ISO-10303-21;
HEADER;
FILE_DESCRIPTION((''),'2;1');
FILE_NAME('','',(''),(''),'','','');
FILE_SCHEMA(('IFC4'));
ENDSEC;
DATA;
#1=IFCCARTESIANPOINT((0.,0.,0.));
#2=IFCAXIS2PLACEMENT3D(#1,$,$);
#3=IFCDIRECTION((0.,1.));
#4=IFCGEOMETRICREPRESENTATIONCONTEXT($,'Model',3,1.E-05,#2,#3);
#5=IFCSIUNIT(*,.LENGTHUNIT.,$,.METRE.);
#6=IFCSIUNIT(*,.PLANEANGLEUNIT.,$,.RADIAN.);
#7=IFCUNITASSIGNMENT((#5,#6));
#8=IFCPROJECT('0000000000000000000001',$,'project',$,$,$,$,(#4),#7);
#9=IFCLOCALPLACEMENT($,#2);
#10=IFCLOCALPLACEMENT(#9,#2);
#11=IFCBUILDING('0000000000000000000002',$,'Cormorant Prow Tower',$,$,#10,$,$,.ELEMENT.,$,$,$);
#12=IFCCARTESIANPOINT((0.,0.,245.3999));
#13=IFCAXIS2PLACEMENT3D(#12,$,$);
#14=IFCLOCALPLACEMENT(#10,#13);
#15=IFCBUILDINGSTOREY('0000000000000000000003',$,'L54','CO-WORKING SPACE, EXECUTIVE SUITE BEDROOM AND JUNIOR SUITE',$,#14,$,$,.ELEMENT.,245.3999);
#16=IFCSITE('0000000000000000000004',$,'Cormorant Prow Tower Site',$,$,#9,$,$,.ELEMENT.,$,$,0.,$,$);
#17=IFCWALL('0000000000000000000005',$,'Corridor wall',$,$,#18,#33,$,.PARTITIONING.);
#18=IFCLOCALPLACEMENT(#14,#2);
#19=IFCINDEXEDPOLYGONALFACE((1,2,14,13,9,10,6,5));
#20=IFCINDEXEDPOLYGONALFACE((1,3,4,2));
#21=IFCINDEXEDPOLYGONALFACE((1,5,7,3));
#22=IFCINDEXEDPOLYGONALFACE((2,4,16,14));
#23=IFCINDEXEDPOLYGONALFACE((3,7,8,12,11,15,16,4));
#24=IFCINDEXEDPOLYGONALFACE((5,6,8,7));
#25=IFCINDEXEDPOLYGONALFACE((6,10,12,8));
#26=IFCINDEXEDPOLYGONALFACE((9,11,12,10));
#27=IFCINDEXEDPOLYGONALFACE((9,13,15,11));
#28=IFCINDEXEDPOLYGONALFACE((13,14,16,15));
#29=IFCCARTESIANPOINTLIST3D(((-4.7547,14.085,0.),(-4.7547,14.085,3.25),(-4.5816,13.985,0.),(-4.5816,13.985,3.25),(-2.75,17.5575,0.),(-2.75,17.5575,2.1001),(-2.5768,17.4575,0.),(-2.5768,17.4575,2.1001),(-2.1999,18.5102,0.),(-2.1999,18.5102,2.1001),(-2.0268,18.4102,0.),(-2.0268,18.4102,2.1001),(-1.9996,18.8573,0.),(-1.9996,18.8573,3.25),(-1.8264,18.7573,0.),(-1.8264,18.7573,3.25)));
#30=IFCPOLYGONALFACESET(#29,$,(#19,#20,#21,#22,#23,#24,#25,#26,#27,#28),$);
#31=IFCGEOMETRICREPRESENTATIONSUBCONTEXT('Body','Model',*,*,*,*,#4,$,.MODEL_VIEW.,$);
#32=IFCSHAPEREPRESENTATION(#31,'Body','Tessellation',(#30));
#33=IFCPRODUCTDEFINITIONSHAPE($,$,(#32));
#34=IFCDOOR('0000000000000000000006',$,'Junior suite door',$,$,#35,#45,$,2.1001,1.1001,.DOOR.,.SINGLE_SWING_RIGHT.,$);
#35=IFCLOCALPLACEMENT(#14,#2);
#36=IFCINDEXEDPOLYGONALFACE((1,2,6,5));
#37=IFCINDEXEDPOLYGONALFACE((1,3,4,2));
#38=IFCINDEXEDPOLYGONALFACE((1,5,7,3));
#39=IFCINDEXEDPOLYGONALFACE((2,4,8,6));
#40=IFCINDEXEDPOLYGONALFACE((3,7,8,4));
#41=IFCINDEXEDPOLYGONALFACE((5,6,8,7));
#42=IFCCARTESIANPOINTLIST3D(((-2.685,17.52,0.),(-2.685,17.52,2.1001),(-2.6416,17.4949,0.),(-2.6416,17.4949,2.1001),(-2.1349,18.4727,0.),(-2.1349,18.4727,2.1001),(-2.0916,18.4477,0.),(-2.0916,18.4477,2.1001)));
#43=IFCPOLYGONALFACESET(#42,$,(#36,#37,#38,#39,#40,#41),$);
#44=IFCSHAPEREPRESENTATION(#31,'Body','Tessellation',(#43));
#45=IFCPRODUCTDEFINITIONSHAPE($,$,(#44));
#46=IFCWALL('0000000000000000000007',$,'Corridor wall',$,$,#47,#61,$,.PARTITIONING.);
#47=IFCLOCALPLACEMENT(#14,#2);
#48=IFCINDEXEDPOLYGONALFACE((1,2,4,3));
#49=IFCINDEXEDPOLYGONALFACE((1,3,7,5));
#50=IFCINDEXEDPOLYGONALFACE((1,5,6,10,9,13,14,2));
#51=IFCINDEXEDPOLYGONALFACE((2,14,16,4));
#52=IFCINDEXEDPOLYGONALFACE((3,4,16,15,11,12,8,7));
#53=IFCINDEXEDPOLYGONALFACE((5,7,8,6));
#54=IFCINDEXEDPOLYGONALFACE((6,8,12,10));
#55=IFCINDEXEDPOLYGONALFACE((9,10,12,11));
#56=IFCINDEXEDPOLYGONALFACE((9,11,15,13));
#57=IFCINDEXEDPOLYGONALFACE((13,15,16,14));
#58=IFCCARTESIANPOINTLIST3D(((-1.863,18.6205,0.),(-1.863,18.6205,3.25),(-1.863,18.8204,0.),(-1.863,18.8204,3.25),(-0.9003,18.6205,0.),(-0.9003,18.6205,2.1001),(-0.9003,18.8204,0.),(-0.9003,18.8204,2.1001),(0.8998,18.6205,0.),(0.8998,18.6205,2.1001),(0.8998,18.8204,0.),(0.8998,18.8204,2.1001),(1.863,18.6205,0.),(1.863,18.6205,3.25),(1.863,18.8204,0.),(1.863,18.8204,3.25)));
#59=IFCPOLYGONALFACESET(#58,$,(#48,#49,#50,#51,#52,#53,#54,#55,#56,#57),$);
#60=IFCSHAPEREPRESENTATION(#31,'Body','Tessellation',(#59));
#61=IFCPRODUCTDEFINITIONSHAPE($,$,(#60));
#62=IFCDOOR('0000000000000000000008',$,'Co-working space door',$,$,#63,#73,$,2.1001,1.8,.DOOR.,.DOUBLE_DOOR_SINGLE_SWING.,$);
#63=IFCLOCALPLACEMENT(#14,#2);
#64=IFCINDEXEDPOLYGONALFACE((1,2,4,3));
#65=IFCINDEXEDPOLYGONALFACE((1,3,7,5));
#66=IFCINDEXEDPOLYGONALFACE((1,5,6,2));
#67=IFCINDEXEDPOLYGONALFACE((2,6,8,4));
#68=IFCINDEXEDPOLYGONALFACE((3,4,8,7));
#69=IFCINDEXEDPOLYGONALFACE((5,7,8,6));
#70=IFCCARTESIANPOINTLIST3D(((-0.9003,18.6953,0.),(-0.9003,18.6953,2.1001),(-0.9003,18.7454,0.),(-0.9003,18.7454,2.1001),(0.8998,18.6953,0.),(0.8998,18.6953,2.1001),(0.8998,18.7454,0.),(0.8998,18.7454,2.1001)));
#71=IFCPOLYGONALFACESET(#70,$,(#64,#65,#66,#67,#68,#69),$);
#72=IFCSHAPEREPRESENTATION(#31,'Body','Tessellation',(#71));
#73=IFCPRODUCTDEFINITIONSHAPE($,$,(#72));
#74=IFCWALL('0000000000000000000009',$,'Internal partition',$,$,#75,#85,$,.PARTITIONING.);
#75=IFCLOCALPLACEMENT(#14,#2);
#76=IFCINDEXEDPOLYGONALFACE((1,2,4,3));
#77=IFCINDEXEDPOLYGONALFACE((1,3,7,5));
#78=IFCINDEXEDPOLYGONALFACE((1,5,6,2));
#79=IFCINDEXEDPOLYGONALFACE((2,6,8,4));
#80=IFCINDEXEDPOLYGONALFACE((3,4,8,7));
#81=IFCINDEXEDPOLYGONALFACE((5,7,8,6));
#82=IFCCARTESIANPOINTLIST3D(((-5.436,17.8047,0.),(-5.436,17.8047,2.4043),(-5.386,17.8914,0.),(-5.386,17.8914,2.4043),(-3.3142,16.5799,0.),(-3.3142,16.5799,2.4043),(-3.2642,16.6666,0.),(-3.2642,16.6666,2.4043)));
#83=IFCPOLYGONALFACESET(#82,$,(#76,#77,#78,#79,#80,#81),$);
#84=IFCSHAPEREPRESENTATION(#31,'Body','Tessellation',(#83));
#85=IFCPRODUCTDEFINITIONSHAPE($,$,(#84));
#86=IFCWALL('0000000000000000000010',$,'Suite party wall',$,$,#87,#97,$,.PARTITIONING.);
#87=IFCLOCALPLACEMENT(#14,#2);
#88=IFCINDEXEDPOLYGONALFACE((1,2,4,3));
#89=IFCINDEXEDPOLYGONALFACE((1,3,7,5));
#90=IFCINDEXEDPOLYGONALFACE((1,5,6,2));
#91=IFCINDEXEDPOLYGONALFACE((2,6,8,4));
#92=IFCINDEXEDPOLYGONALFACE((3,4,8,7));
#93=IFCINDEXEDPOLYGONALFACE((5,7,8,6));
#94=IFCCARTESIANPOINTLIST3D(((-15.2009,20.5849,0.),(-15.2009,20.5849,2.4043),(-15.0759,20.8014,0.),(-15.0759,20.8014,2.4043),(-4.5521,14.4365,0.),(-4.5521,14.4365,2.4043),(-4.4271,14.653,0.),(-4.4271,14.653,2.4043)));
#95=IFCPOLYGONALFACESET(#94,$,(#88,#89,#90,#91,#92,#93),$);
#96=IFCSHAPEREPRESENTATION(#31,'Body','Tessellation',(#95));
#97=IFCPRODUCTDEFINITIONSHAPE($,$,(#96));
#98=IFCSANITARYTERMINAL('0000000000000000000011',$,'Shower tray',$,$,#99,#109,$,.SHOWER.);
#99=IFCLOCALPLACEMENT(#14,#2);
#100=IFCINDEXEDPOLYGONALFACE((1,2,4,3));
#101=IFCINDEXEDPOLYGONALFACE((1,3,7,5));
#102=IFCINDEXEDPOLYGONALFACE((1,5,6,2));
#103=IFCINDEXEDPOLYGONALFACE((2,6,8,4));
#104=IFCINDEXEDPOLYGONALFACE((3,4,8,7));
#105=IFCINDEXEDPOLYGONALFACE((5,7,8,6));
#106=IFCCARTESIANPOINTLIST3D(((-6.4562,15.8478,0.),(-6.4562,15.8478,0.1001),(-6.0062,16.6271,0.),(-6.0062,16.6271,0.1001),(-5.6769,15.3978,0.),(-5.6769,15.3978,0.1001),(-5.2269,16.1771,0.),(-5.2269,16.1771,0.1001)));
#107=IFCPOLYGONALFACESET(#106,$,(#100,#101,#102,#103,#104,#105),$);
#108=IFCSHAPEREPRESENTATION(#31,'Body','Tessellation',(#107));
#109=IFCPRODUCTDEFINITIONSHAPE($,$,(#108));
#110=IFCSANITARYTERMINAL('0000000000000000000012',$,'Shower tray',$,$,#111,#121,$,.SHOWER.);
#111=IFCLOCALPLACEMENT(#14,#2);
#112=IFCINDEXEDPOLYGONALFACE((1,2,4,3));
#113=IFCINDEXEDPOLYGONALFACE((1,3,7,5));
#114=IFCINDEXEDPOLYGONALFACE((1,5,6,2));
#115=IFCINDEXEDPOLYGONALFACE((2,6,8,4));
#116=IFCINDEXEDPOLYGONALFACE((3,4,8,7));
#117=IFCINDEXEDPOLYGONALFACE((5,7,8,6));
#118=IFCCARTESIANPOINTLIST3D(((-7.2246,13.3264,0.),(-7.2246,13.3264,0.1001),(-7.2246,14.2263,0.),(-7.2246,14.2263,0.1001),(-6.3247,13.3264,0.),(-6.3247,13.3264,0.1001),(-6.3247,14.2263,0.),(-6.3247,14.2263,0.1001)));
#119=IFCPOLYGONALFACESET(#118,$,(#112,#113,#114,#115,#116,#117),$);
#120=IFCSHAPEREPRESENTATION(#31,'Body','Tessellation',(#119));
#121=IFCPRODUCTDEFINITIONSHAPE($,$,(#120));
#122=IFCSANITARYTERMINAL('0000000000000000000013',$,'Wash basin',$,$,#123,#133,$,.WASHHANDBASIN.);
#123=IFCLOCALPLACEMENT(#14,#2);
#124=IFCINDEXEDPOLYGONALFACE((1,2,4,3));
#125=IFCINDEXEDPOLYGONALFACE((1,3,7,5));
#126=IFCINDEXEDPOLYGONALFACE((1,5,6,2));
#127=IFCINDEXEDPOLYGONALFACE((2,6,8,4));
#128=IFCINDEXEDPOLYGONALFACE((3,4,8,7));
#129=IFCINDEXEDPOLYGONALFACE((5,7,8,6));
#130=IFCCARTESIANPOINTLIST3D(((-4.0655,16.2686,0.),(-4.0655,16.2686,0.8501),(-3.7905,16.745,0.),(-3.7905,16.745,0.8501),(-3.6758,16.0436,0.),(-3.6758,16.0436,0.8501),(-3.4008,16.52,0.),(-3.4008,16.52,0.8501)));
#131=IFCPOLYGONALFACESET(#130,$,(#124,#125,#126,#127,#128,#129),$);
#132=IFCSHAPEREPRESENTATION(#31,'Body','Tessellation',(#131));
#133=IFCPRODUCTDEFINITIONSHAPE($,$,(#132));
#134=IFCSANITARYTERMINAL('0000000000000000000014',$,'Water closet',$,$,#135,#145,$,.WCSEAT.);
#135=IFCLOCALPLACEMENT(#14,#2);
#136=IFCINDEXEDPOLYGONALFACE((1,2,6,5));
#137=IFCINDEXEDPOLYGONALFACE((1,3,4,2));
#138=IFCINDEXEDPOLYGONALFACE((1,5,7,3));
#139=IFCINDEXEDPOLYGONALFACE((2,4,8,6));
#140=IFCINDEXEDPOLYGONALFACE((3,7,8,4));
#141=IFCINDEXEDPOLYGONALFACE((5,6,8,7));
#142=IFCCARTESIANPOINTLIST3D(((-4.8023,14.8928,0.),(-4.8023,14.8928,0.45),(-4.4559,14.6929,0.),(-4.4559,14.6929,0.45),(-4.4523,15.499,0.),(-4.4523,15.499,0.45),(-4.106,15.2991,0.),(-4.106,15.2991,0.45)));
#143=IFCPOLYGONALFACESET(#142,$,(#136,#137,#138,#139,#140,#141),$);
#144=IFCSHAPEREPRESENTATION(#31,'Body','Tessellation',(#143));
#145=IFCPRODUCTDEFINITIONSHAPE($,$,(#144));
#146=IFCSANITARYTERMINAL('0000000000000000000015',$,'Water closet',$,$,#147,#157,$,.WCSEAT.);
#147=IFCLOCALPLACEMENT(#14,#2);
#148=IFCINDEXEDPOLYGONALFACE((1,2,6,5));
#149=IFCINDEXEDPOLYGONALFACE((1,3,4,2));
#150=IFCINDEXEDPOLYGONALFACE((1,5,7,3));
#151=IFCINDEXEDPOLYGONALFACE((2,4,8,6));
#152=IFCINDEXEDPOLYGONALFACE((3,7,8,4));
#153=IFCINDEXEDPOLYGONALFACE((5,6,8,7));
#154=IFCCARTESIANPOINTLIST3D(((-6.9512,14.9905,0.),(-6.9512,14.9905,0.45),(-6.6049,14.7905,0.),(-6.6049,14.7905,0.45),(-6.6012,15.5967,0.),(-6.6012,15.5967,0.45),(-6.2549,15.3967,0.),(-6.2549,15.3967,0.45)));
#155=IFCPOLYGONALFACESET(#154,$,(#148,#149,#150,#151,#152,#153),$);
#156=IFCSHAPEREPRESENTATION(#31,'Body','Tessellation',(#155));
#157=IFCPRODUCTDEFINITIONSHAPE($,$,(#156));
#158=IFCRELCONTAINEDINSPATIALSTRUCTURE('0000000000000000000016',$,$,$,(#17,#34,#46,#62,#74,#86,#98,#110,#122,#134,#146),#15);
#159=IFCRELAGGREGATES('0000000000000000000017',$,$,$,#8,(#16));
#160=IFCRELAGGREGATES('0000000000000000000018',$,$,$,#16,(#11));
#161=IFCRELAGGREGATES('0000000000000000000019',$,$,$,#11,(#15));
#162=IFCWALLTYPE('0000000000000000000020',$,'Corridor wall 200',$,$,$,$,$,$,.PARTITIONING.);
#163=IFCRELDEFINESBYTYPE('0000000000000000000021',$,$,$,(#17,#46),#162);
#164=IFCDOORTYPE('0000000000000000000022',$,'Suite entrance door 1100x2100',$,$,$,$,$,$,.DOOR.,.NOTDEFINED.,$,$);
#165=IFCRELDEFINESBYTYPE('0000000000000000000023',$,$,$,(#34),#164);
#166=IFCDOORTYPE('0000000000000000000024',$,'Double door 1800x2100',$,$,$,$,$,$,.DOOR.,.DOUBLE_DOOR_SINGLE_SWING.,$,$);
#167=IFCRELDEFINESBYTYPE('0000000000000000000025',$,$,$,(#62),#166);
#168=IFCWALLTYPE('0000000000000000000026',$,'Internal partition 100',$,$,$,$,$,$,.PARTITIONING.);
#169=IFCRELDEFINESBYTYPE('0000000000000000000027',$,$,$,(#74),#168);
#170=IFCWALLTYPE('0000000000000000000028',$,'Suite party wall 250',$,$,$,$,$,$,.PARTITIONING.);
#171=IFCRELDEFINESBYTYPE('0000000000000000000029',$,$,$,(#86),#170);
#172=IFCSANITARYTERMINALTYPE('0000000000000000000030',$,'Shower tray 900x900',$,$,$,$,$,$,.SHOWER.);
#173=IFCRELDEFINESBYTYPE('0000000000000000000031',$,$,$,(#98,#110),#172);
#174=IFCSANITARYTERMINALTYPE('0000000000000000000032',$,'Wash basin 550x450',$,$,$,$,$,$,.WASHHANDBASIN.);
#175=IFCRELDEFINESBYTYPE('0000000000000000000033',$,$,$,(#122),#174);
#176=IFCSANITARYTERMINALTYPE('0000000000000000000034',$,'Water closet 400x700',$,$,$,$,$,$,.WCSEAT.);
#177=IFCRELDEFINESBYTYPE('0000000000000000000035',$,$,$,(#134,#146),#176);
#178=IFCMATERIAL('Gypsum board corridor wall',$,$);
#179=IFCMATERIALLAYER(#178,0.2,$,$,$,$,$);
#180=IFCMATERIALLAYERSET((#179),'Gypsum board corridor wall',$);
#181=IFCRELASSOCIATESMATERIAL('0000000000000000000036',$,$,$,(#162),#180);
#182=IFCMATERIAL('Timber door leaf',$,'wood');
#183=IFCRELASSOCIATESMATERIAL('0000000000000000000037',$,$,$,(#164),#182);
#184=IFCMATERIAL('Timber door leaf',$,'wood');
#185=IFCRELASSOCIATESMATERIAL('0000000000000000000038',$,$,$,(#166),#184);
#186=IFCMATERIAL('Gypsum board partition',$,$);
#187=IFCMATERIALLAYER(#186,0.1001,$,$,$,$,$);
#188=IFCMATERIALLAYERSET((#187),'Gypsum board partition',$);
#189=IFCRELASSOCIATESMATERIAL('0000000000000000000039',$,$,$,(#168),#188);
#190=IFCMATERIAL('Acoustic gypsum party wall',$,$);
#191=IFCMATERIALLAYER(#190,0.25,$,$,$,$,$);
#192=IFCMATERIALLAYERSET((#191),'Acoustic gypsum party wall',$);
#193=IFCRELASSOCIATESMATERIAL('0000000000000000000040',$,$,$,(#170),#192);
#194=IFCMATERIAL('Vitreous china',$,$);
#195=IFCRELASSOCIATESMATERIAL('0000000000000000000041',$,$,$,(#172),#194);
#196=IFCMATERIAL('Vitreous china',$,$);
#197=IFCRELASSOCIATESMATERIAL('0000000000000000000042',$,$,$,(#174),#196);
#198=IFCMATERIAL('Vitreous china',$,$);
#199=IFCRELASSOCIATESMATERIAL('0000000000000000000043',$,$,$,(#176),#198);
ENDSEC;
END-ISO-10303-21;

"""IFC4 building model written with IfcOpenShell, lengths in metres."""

from ifc_helpers import new_model, si_unit, direction, frame, frame_2d, origin, origin_2d, place, context, subcontext, project, spatial, rectangle, extrude, material, layer, layer_set, type_object, element, fill, save


model = new_model("IFC4")

# Units and contexts
model_context = context("Model", 3, precision=1e-05, world=origin(), true_north=direction((0.0, 1.0)))
body_context = subcontext(model_context, "Body", "Model", "MODEL_VIEW")
ifc_project = project(units=[si_unit("LENGTHUNIT", "METRE"), si_unit("PLANEANGLEUNIT", "RADIAN")], contexts=[model_context])

# Site, building, storey
site_placement = place(None, origin())
site = spatial("IfcSite", under=ifc_project, at=site_placement, Name="Cormorant Prow Tower Site", CompositionType="ELEMENT", RefElevation=0.0)
building_placement = place(site_placement, origin())
building = spatial("IfcBuilding", under=site, at=building_placement, Name="Cormorant Prow Tower", CompositionType="ELEMENT")
storey_placement = place(building_placement, frame((0.0, 0.0, 245.3999)))
storey = spatial("IfcBuildingStorey", under=building, at=storey_placement, Name="L54", Description="CO-WORKING SPACE, EXECUTIVE SUITE BEDROOM AND JUNIOR SUITE", CompositionType="ELEMENT", Elevation=245.3999)

# Walls, openings, doors
ifc_material_1 = material(Name="Gypsum board corridor wall")
ifc_layer_1 = layer(ifc_material_1, 0.2)
ifc_layer_set_1 = layer_set([ifc_layer_1], Name="Gypsum board corridor wall")
wall_type_1 = type_object("IfcWallType", Name="Corridor wall 200", PredefinedType="PARTITIONING", material=ifc_layer_set_1)
wall_1_placement = place(storey_placement, frame((-4.6682, 14.0349, 0.0), z_axis=(0.0, 0.0, 1.0), x_axis=(0.499985, 0.866034, 0.0)))
wall_1 = element("IfcWall", 1, at=wall_1_placement, inside=storey, type_object=wall_type_1, Name="Corridor wall", PredefinedType="PARTITIONING", context=body_context, shape_type="SweptSolid", body=[
    extrude(rectangle(XDim=5.5105, YDim=0.2, at=frame_2d((2.7554, 0.0))), origin(), (0.0, 0.0, 1.0), 3.25),
])
opening_1_placement = place(wall_1_placement, frame((4.0098, 0.0, 0.0)))
opening_1 = element("IfcOpeningElement", 2, at=opening_1_placement, cuts=wall_1, PredefinedType="OPENING", context=body_context, shape_type="SweptSolid", body=[
    extrude(rectangle(XDim=1.1001, YDim=2.1001, at=frame_2d((0.55, 1.05))), frame((0.0, 0.1099, 0.0), z_axis=(0.0, -1.0, 0.0), x_axis=(1.0, 0.0, 0.0)), (0.0, 0.0, 1.0), 0.22),
])
ifc_material_2 = material(Name="Timber door leaf", Category="wood")
door_type_1 = type_object("IfcDoorType", Name="Suite entrance door 1100x2100", OperationType="NOTDEFINED", PredefinedType="DOOR", material=ifc_material_2)
door_1_placement = place(opening_1_placement, origin())
door_1 = element("IfcDoor", 3, at=door_1_placement, inside=storey, type_object=door_type_1, Name="Junior suite door", OperationType="SINGLE_SWING_RIGHT", OverallHeight=2.1001, OverallWidth=1.1001, PredefinedType="DOOR", context=body_context, shape_type="SweptSolid", body=[
    extrude(rectangle(XDim=1.1001, YDim=2.1001, at=frame_2d((0.55, 1.05))), frame((0.0, 0.0249, 0.0), z_axis=(0.0, -1.0, 0.0), x_axis=(1.0, 0.0, 0.0)), (0.0, 0.0, 1.0), 0.05),
])
fill(opening_1, door_1)
wall_2_placement = place(storey_placement, frame((-1.863, 18.7205, 0.0), z_axis=(0.0, 0.0, 1.0), x_axis=(1.0, 0.0, 0.0)))
wall_2 = element("IfcWall", 4, at=wall_2_placement, inside=storey, type_object=wall_type_1, Name="Corridor wall", PredefinedType="PARTITIONING", context=body_context, shape_type="SweptSolid", body=[
    extrude(rectangle(XDim=3.7261, YDim=0.2, at=frame_2d((1.863, 0.0))), origin(), (0.0, 0.0, 1.0), 3.25),
])
opening_2_placement = place(wall_2_placement, frame((0.9629, 0.0, 0.0)))
opening_2 = element("IfcOpeningElement", 5, at=opening_2_placement, cuts=wall_2, PredefinedType="OPENING", context=body_context, shape_type="SweptSolid", body=[
    extrude(rectangle(XDim=1.8, YDim=2.1001, at=frame_2d((0.8999, 1.05))), frame((0.0, 0.1099, 0.0), z_axis=(0.0, -1.0, 0.0), x_axis=(1.0, 0.0, 0.0)), (0.0, 0.0, 1.0), 0.22),
])
ifc_material_3 = material(Name="Timber door leaf", Category="wood")
door_type_2 = type_object("IfcDoorType", Name="Double door 1800x2100", OperationType="DOUBLE_DOOR_SINGLE_SWING", PredefinedType="DOOR", material=ifc_material_3)
door_2_placement = place(opening_2_placement, origin())
door_2 = element("IfcDoor", 6, at=door_2_placement, inside=storey, type_object=door_type_2, Name="Co-working space door", OperationType="DOUBLE_DOOR_SINGLE_SWING", OverallHeight=2.1001, OverallWidth=1.8, PredefinedType="DOOR", context=body_context, shape_type="SweptSolid", body=[
    extrude(rectangle(XDim=1.8, YDim=2.1001, at=frame_2d((0.8999, 1.05))), frame((0.0, 0.0249, 0.0), z_axis=(0.0, -1.0, 0.0), x_axis=(1.0, 0.0, 0.0)), (0.0, 0.0, 1.0), 0.05),
])
fill(opening_2, door_2)

# Walls
ifc_material_4 = material(Name="Gypsum board partition")
ifc_layer_2 = layer(ifc_material_4, 0.1001)
ifc_layer_set_2 = layer_set([ifc_layer_2], Name="Gypsum board partition")
wall_type_2 = type_object("IfcWallType", Name="Internal partition 100", PredefinedType="PARTITIONING", material=ifc_layer_set_2)
wall_3_placement = place(storey_placement, frame((-5.4111, 17.8481, 0.0), z_axis=(0.0, 0.0, 1.0), x_axis=(0.866058, -0.499944, 0.0)))
element("IfcWall", 7, at=wall_3_placement, inside=storey, type_object=wall_type_2, Name="Internal partition", PredefinedType="PARTITIONING", context=body_context, shape_type="SweptSolid", body=[
    extrude(rectangle(XDim=2.45, YDim=0.1001, at=frame_2d((1.2251, 0.0))), origin(), (0.0, 0.0, 1.0), 2.4043),
])
ifc_material_5 = material(Name="Acoustic gypsum party wall")
ifc_layer_3 = layer(ifc_material_5, 0.25)
ifc_layer_set_3 = layer_set([ifc_layer_3], Name="Acoustic gypsum party wall")
wall_type_3 = type_object("IfcWallType", Name="Suite party wall 250", PredefinedType="PARTITIONING", material=ifc_layer_set_3)
wall_4_placement = place(storey_placement, frame((-15.1384, 20.6931, 0.0), z_axis=(0.0, 0.0, 1.0), x_axis=(0.866016, -0.500017, 0.0)))
element("IfcWall", 8, at=wall_4_placement, inside=storey, type_object=wall_type_3, Name="Suite party wall", PredefinedType="PARTITIONING", context=body_context, shape_type="SweptSolid", body=[
    extrude(rectangle(XDim=12.2964, YDim=0.25, at=frame_2d((6.1482, 0.0))), origin(), (0.0, 0.0, 1.0), 2.4043),
])

# Sanitary terminals
ifc_material_6 = material(Name="Vitreous china")
sanitary_terminal_type_1 = type_object("IfcSanitaryTerminalType", Name="Shower tray 900x900", PredefinedType="SHOWER", material=ifc_material_6)
for number, where, z_axis, x_axis, name in (
    (9, (-5.8416, 16.0125, 0.0), (0.0, 0.0, 1.0), (0.5, 0.866025, 0.0), "Shower tray"),
    (10, (-6.7747, 13.7764, 0.0), (0.0, 0.0, 1.0), (1.0, 0.0, 0.0), "Shower tray"),
):
    element("IfcSanitaryTerminal", number, at=place(storey_placement, frame(where, z_axis=z_axis, x_axis=x_axis)), inside=storey, type_object=sanitary_terminal_type_1, Name=name, PredefinedType="SHOWER", context=body_context, shape_type="SweptSolid", body=[
        extrude(rectangle(XDim=0.8999, YDim=0.8999, at=origin_2d()), origin(), (0.0, 0.0, 1.0), 0.1001),
    ])
ifc_material_7 = material(Name="Vitreous china")
sanitary_terminal_type_2 = type_object("IfcSanitaryTerminalType", Name="Wash basin 550x450", PredefinedType="WASHHANDBASIN", material=ifc_material_7)
sanitary_terminal_placement = place(storey_placement, frame((-3.7332, 16.3943, 0.0), z_axis=(0.0, 0.0, 1.0), x_axis=(-0.5, -0.866025, 0.0)))
element("IfcSanitaryTerminal", 11, at=sanitary_terminal_placement, inside=storey, type_object=sanitary_terminal_type_2, Name="Wash basin", PredefinedType="WASHHANDBASIN", context=body_context, shape_type="SweptSolid", body=[
    extrude(rectangle(XDim=0.55, YDim=0.45, at=origin_2d()), origin(), (0.0, 0.0, 1.0), 0.8501),
])
ifc_material_8 = material(Name="Vitreous china")
sanitary_terminal_type_3 = type_object("IfcSanitaryTerminalType", Name="Water closet 400x700", PredefinedType="WCSEAT", material=ifc_material_8)
for number, where, z_axis, x_axis, name in (
    (12, (-4.4541, 15.0959, 0.0), (0.0, 0.0, 1.0), (-0.866025, 0.5, 0.0), "Water closet"),
    (13, (-6.603, 15.1936, 0.0), (0.0, 0.0, 1.0), (0.866025, -0.5, 0.0), "Water closet"),
):
    element("IfcSanitaryTerminal", number, at=place(storey_placement, frame(where, z_axis=z_axis, x_axis=x_axis)), inside=storey, type_object=sanitary_terminal_type_3, Name=name, PredefinedType="WCSEAT", context=body_context, shape_type="SweptSolid", body=[
        extrude(rectangle(XDim=0.3999, YDim=0.7, at=origin_2d()), origin(), (0.0, 0.0, 1.0), 0.45),
    ])

save(model, "model.ifc")
